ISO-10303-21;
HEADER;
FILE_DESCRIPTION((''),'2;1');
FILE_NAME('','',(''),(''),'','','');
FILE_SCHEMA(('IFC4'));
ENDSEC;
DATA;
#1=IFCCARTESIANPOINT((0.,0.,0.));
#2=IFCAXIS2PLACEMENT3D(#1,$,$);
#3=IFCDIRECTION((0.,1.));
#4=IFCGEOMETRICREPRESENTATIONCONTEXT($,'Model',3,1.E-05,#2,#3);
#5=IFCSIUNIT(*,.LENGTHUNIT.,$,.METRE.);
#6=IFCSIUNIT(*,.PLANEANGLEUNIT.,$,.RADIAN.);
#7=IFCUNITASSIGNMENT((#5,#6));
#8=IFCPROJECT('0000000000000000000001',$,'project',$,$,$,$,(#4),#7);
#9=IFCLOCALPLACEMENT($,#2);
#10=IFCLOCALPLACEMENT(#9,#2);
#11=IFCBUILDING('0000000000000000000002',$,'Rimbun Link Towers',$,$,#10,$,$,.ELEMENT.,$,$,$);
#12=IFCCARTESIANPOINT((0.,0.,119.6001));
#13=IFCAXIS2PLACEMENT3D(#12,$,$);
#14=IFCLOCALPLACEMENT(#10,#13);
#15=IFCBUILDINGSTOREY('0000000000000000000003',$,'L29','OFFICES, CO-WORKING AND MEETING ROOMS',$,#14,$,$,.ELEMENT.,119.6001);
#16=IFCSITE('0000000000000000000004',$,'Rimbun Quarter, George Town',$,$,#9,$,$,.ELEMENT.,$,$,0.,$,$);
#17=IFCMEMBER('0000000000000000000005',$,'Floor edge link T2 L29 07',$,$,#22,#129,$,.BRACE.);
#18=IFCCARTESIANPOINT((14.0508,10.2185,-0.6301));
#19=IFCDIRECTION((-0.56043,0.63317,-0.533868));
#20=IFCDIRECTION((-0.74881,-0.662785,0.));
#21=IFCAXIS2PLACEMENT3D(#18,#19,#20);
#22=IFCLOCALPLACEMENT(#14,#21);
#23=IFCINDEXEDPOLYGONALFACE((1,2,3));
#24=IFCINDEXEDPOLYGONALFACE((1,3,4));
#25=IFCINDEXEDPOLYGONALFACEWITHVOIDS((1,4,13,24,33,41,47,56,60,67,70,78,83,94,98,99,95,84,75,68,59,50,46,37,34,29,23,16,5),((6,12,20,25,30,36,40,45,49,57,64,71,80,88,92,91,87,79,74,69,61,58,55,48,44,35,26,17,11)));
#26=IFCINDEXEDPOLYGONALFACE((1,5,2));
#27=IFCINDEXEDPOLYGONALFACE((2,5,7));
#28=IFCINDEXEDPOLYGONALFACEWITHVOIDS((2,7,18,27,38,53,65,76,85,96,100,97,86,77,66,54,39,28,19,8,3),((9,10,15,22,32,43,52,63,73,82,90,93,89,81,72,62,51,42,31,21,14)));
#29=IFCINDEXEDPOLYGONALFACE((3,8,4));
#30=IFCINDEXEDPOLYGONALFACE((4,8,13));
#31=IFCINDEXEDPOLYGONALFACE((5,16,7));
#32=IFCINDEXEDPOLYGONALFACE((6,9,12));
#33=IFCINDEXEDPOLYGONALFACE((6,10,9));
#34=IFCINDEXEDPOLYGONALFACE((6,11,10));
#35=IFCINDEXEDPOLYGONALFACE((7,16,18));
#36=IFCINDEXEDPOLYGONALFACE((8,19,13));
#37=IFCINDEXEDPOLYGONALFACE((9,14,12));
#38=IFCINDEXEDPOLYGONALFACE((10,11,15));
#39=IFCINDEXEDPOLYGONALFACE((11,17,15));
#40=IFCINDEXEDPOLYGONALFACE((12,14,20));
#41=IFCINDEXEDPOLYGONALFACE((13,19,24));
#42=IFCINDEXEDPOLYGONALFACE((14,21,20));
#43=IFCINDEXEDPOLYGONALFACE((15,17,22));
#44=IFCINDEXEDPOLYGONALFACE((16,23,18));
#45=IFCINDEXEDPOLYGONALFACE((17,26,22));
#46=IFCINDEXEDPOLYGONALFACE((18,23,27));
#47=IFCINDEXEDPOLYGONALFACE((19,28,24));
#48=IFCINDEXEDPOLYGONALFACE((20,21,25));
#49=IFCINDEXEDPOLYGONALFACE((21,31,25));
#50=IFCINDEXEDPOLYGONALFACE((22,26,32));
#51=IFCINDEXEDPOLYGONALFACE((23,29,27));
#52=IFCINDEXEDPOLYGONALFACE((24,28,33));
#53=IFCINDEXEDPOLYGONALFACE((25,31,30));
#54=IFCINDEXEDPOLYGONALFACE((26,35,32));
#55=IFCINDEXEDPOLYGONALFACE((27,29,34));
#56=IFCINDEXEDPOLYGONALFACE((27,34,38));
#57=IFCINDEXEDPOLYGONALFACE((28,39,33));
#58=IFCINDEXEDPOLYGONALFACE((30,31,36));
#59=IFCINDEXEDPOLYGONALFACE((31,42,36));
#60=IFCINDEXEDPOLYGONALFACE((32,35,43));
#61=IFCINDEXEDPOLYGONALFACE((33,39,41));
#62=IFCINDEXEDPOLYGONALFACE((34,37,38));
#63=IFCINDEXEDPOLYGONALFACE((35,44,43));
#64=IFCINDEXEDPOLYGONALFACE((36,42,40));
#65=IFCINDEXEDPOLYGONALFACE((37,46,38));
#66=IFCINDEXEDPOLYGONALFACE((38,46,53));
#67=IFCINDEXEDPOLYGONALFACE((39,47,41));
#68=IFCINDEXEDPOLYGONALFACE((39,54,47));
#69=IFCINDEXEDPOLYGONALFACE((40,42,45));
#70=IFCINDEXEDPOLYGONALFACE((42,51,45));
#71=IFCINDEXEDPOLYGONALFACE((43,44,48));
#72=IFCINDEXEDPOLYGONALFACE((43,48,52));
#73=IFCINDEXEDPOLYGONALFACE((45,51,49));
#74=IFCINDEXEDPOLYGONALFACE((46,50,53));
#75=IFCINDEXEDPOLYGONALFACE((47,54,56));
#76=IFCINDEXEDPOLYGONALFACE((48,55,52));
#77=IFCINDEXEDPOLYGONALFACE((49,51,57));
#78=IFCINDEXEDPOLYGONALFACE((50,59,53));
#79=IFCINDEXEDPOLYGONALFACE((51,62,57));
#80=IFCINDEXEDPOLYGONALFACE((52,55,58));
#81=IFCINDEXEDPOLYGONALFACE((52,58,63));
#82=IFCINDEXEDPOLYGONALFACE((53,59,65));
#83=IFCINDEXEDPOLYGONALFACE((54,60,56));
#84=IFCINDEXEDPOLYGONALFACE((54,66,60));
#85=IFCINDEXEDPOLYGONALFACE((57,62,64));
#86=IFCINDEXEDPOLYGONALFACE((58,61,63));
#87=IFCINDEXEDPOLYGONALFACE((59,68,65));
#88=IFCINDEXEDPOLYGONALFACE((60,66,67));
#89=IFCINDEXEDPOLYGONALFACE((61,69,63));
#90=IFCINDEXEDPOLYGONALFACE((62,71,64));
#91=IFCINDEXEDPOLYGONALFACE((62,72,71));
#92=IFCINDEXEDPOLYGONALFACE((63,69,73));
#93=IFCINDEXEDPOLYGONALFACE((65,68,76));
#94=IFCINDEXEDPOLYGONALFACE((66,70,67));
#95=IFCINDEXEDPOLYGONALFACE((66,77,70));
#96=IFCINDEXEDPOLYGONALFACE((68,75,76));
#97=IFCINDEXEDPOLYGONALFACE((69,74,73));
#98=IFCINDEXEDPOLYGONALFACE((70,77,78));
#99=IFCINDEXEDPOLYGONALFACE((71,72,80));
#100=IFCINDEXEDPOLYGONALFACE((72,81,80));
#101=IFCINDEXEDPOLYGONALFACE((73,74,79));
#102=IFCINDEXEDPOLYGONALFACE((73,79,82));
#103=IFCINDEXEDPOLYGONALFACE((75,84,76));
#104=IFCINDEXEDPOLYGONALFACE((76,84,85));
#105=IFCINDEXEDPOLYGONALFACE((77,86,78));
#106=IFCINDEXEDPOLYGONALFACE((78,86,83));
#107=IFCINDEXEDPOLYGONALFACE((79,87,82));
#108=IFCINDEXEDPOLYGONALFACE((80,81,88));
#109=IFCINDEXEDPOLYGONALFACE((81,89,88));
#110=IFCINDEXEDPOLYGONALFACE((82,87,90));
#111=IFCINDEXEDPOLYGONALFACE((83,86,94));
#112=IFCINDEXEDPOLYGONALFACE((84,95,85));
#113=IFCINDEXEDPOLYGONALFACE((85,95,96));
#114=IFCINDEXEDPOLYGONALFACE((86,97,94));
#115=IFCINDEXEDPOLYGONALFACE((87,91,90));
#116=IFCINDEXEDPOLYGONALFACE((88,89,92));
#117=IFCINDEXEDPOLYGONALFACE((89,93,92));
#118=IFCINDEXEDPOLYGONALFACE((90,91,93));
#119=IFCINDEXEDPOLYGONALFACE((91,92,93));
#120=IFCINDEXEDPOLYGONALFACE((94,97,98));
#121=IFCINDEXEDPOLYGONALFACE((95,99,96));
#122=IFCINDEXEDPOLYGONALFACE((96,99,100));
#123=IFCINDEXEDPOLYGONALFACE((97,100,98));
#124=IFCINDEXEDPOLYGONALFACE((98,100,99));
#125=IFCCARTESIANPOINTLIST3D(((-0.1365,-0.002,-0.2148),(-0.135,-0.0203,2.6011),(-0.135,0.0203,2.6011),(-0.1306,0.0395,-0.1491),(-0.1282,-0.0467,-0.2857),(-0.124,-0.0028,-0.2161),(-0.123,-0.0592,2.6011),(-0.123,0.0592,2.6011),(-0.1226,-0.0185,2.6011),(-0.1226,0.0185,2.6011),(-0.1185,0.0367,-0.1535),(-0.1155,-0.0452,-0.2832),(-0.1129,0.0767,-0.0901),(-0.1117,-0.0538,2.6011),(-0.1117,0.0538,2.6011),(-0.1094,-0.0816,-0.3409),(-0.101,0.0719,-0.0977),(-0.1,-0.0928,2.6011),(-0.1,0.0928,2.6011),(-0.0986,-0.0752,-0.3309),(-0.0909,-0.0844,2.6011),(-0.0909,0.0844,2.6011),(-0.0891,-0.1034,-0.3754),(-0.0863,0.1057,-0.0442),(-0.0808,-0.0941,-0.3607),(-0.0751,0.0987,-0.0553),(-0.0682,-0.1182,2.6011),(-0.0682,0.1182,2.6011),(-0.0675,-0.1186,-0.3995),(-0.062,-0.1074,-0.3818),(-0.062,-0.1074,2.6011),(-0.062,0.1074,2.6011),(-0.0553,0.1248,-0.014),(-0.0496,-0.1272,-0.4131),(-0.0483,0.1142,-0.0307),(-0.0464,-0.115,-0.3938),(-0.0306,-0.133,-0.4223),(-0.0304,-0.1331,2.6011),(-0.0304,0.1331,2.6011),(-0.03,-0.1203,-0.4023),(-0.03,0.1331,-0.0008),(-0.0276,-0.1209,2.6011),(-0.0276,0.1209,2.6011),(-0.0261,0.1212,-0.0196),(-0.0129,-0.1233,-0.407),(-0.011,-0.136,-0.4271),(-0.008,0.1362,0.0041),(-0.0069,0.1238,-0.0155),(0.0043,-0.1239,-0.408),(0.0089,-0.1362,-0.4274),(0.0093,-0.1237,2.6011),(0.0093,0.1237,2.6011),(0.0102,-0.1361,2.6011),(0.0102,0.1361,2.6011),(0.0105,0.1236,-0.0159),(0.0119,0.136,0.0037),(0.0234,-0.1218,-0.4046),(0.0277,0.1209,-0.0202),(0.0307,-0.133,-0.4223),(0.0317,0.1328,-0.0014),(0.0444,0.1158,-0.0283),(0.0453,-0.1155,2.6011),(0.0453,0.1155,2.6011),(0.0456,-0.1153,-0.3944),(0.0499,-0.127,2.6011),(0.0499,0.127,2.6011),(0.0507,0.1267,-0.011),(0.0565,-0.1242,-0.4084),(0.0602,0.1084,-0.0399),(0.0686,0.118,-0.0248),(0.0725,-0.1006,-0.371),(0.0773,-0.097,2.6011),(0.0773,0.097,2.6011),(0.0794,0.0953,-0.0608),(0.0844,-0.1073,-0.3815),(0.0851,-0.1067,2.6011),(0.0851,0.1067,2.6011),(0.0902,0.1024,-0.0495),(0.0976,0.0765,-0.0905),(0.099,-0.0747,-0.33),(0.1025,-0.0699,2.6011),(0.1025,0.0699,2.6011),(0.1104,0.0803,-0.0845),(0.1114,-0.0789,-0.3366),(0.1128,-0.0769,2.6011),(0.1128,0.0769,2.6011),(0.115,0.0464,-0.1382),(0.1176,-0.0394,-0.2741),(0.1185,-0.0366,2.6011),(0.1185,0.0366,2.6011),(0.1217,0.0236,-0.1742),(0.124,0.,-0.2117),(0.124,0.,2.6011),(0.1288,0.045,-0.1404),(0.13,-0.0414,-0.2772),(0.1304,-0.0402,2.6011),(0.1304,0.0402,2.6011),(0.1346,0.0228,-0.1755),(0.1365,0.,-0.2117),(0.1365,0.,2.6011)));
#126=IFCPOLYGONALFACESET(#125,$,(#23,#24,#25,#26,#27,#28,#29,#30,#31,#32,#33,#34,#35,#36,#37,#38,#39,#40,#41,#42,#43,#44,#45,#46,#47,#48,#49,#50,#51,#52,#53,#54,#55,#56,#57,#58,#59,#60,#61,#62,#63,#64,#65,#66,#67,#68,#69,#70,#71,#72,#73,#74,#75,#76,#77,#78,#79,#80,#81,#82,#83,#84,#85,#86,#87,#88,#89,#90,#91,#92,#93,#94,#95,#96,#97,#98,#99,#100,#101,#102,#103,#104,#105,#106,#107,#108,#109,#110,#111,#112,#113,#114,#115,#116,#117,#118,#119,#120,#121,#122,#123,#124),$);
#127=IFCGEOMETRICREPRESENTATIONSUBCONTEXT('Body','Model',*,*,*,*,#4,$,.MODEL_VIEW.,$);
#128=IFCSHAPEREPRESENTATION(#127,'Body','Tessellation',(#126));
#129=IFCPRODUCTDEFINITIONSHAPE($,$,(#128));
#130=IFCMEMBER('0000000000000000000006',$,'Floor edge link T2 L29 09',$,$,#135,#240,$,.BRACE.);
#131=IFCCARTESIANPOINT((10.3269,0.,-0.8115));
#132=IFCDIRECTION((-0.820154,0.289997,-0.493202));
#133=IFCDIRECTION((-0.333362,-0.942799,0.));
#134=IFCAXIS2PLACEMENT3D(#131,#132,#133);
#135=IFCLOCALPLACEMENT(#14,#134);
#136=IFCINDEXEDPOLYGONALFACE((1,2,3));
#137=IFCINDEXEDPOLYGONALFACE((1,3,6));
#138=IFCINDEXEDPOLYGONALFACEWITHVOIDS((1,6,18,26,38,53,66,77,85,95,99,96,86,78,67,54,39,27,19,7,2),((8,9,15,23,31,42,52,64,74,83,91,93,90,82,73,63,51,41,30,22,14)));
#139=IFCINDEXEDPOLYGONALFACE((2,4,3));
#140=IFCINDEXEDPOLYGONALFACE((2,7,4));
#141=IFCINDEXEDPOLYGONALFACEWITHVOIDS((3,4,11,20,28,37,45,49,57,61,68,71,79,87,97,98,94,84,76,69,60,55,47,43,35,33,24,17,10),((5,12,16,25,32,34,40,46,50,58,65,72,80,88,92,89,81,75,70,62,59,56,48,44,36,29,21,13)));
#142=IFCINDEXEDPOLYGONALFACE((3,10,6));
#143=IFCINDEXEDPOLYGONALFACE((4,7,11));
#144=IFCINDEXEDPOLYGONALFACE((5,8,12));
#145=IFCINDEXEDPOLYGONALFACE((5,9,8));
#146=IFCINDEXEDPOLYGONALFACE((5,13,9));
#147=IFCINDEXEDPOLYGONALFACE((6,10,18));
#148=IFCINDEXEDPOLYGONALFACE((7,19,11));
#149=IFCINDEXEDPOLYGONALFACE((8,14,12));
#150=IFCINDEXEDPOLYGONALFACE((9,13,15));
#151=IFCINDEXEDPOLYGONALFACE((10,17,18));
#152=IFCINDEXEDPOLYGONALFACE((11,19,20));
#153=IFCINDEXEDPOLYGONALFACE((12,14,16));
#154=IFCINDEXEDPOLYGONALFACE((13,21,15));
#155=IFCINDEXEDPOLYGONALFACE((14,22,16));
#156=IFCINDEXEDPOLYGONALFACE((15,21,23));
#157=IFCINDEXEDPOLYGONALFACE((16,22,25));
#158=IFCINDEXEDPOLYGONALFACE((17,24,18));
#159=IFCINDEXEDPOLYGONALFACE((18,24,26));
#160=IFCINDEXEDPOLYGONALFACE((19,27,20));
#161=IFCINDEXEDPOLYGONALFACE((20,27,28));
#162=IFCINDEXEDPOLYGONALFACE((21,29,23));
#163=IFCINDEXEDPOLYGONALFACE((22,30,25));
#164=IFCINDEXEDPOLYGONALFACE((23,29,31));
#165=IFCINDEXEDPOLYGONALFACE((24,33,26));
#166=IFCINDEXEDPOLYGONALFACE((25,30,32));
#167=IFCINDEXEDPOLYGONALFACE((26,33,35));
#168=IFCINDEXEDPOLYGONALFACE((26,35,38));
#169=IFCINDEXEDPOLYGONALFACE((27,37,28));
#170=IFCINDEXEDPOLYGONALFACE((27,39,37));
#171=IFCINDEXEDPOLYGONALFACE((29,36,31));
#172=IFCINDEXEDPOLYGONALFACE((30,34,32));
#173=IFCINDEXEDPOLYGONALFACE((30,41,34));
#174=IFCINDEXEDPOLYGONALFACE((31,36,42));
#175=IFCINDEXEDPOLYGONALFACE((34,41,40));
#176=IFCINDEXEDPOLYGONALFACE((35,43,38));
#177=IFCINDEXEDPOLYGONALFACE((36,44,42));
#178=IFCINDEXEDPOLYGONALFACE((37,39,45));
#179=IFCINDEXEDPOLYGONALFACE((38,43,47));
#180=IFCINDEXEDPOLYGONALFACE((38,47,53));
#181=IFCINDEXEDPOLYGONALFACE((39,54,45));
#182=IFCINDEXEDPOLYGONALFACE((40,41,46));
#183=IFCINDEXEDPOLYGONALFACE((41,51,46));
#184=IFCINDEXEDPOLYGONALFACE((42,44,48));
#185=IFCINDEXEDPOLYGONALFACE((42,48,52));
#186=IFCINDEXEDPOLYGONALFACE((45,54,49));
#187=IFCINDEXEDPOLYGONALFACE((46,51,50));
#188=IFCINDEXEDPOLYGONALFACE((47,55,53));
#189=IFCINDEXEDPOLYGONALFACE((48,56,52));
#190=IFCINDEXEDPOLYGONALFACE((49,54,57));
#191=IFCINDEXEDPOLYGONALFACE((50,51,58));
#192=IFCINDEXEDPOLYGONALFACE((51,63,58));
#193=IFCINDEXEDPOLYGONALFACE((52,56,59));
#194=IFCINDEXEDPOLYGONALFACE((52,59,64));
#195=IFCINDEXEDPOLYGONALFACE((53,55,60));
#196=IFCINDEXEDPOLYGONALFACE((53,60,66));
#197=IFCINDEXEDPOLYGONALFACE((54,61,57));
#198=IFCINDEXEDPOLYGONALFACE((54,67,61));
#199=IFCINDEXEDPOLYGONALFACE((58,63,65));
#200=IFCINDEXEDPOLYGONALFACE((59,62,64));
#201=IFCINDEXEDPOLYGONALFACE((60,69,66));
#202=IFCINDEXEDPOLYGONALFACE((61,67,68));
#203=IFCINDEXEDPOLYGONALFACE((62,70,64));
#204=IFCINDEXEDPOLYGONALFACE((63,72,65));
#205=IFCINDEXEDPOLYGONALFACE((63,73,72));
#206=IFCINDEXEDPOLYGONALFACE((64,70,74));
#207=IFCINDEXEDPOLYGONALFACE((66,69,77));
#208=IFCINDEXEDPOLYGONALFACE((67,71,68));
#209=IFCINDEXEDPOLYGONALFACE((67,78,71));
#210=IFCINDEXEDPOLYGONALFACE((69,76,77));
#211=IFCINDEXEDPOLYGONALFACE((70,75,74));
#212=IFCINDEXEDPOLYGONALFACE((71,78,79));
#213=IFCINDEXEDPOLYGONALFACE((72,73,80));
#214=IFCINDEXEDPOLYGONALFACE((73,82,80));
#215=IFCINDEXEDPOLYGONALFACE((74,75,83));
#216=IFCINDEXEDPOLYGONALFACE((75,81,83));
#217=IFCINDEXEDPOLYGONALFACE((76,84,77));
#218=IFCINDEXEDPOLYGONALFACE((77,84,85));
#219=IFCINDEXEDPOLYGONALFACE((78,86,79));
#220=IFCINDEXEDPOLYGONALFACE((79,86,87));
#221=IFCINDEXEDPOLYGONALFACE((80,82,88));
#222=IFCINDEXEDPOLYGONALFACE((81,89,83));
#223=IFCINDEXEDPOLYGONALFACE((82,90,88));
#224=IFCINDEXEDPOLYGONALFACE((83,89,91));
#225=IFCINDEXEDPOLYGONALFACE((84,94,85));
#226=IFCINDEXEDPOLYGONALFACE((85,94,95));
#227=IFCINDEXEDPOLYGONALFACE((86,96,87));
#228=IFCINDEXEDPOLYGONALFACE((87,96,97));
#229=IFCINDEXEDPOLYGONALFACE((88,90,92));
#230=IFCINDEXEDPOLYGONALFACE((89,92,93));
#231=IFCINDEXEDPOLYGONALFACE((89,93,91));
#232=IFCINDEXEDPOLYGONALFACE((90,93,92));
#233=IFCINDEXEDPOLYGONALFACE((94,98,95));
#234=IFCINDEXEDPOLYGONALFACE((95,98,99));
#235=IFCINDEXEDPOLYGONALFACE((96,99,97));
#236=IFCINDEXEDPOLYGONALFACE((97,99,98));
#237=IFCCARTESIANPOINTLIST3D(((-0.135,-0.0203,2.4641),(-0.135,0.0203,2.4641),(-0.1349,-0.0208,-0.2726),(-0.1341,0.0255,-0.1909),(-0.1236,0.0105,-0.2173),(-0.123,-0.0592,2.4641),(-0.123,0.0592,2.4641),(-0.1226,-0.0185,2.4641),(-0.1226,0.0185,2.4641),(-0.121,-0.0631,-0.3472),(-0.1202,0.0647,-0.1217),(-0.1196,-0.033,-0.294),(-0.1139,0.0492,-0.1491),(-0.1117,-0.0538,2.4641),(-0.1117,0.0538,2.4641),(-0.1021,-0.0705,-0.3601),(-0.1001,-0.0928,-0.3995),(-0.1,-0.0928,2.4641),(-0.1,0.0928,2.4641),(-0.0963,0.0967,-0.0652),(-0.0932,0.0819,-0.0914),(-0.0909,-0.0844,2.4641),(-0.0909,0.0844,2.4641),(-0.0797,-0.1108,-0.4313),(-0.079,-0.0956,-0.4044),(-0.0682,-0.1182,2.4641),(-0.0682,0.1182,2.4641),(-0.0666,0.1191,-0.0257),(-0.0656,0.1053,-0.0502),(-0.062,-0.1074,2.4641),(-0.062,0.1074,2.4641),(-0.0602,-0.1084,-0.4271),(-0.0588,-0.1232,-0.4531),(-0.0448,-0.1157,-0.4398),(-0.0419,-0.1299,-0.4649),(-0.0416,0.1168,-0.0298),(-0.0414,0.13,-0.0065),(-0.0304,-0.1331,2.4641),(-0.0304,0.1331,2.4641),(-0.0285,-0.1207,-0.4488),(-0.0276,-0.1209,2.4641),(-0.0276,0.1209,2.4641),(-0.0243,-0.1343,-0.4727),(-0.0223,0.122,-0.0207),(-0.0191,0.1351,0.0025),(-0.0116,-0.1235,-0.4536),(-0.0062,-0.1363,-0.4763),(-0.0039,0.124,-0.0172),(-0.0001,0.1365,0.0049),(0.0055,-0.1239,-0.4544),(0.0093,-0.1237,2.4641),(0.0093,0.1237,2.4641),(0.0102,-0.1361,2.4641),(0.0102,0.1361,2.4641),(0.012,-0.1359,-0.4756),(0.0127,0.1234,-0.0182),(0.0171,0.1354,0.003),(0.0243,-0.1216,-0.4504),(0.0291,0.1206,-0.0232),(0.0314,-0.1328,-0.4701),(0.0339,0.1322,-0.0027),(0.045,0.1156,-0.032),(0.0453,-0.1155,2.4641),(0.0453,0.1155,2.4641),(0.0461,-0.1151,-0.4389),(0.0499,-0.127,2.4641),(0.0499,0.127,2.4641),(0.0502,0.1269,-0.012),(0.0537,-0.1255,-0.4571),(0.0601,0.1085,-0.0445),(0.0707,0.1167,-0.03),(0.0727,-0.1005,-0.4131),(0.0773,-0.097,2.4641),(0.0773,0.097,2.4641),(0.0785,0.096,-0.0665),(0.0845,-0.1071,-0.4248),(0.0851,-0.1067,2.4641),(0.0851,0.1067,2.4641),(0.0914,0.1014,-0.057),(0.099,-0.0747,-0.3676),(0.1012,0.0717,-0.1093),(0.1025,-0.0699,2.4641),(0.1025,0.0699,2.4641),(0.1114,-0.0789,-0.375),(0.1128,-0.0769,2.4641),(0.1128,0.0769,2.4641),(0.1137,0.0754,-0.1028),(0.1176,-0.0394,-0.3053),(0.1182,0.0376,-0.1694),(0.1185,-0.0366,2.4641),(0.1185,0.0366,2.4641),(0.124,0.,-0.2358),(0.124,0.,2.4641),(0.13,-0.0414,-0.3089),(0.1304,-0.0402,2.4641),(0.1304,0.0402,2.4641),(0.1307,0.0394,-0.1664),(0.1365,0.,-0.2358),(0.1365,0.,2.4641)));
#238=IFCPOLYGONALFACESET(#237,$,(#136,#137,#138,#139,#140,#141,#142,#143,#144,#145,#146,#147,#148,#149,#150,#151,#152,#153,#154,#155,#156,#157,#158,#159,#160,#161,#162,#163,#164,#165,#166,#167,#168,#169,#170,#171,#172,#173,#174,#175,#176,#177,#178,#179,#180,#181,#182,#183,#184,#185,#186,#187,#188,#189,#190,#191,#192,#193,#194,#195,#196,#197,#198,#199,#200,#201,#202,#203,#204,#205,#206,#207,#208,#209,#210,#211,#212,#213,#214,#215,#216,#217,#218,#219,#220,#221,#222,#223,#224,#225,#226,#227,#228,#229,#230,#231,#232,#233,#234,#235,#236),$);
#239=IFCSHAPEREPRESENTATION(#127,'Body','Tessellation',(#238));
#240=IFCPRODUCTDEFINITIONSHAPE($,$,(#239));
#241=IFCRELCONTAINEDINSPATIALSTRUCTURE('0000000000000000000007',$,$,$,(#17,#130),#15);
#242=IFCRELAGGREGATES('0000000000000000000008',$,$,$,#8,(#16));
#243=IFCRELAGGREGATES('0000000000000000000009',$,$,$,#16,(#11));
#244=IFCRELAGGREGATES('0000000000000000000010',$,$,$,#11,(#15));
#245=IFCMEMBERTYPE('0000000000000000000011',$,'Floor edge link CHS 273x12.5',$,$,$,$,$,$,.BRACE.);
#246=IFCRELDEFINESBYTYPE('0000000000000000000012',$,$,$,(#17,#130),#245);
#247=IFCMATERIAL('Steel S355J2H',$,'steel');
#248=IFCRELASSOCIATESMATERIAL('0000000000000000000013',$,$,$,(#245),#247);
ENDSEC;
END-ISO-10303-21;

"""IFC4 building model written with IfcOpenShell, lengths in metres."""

from ifc_helpers import new_model, si_unit, direction, frame, origin, origin_2d, place, context, subcontext, project, spatial, hollow_circle, extrude, clip, halfspace, material, material_profile, profile_set, type_object, element, save


model = new_model("IFC4")

# Units and contexts
model_context = context("Model", 3, precision=1e-05, world=origin(), true_north=direction((0.0, 1.0)))
body_context = subcontext(model_context, "Body", "Model", "MODEL_VIEW")
ifc_project = project(units=[si_unit("LENGTHUNIT", "METRE"), si_unit("PLANEANGLEUNIT", "RADIAN")], contexts=[model_context])

# Site, building, storey
site_placement = place(None, origin())
site = spatial("IfcSite", under=ifc_project, at=site_placement, Name="Rimbun Quarter, George Town", CompositionType="ELEMENT", RefElevation=0.0)
building_placement = place(site_placement, origin())
building = spatial("IfcBuilding", under=site, at=building_placement, Name="Rimbun Link Towers", CompositionType="ELEMENT")
storey_placement = place(building_placement, frame((0.0, 0.0, 119.6001)))
storey = spatial("IfcBuildingStorey", under=building, at=storey_placement, Name="L29", Description="OFFICES, CO-WORKING AND MEETING ROOMS", CompositionType="ELEMENT", Elevation=119.6001)

# Members
ifc_material_1 = material(Name="Steel S355J2H", Category="steel")
ifc_material_profile_1 = material_profile(ifc_material_1, hollow_circle(Radius=0.1365, WallThickness=0.0125, at=origin_2d()), Name="CHS 273x12.5")
ifc_profile_set_1 = profile_set([ifc_material_profile_1], Name="Steel S355J2H")
member_type_1 = type_object("IfcMemberType", Name="Floor edge link CHS 273x12.5", PredefinedType="BRACE", material=ifc_profile_set_1)
member_1_placement = place(storey_placement, frame((14.0508, 10.2185, -0.6301), z_axis=(-0.56043, 0.63317, -0.533868), x_axis=(-0.74881, -0.662785, 0.0)))
element("IfcMember", 1, at=member_1_placement, inside=storey, type_object=member_type_1, Name="Floor edge link T2 L29 07", PredefinedType="BRACE", context=body_context, shape_type="Clipping", body=[
    clip(extrude(hollow_circle(Radius=0.1365, WallThickness=0.0125, at=origin_2d()), frame((0.0, 0.0, -0.4512)), (0.0, 0.0, 1.0), 3.0522), halfspace(frame((0.0, 0.0, -0.2117), z_axis=(0.0, 0.845568, -0.533868)), False)),
])
member_2_placement = place(storey_placement, frame((10.3269, 0.0, -0.8115), z_axis=(-0.820154, 0.289997, -0.493202), x_axis=(-0.333362, -0.942799, 0.0)))
element("IfcMember", 2, at=member_2_placement, inside=storey, type_object=member_type_1, Name="Floor edge link T2 L29 09", PredefinedType="BRACE", context=body_context, shape_type="Clipping", body=[
    clip(extrude(hollow_circle(Radius=0.1365, WallThickness=0.0125, at=origin_2d()), frame((0.0, 0.0, -0.5017)), (0.0, 0.0, 1.0), 2.9658), halfspace(frame((0.0, 0.0, -0.2358), z_axis=(0.0, 0.869915, -0.493202)), False)),
])

save(model, "model.ifc")
